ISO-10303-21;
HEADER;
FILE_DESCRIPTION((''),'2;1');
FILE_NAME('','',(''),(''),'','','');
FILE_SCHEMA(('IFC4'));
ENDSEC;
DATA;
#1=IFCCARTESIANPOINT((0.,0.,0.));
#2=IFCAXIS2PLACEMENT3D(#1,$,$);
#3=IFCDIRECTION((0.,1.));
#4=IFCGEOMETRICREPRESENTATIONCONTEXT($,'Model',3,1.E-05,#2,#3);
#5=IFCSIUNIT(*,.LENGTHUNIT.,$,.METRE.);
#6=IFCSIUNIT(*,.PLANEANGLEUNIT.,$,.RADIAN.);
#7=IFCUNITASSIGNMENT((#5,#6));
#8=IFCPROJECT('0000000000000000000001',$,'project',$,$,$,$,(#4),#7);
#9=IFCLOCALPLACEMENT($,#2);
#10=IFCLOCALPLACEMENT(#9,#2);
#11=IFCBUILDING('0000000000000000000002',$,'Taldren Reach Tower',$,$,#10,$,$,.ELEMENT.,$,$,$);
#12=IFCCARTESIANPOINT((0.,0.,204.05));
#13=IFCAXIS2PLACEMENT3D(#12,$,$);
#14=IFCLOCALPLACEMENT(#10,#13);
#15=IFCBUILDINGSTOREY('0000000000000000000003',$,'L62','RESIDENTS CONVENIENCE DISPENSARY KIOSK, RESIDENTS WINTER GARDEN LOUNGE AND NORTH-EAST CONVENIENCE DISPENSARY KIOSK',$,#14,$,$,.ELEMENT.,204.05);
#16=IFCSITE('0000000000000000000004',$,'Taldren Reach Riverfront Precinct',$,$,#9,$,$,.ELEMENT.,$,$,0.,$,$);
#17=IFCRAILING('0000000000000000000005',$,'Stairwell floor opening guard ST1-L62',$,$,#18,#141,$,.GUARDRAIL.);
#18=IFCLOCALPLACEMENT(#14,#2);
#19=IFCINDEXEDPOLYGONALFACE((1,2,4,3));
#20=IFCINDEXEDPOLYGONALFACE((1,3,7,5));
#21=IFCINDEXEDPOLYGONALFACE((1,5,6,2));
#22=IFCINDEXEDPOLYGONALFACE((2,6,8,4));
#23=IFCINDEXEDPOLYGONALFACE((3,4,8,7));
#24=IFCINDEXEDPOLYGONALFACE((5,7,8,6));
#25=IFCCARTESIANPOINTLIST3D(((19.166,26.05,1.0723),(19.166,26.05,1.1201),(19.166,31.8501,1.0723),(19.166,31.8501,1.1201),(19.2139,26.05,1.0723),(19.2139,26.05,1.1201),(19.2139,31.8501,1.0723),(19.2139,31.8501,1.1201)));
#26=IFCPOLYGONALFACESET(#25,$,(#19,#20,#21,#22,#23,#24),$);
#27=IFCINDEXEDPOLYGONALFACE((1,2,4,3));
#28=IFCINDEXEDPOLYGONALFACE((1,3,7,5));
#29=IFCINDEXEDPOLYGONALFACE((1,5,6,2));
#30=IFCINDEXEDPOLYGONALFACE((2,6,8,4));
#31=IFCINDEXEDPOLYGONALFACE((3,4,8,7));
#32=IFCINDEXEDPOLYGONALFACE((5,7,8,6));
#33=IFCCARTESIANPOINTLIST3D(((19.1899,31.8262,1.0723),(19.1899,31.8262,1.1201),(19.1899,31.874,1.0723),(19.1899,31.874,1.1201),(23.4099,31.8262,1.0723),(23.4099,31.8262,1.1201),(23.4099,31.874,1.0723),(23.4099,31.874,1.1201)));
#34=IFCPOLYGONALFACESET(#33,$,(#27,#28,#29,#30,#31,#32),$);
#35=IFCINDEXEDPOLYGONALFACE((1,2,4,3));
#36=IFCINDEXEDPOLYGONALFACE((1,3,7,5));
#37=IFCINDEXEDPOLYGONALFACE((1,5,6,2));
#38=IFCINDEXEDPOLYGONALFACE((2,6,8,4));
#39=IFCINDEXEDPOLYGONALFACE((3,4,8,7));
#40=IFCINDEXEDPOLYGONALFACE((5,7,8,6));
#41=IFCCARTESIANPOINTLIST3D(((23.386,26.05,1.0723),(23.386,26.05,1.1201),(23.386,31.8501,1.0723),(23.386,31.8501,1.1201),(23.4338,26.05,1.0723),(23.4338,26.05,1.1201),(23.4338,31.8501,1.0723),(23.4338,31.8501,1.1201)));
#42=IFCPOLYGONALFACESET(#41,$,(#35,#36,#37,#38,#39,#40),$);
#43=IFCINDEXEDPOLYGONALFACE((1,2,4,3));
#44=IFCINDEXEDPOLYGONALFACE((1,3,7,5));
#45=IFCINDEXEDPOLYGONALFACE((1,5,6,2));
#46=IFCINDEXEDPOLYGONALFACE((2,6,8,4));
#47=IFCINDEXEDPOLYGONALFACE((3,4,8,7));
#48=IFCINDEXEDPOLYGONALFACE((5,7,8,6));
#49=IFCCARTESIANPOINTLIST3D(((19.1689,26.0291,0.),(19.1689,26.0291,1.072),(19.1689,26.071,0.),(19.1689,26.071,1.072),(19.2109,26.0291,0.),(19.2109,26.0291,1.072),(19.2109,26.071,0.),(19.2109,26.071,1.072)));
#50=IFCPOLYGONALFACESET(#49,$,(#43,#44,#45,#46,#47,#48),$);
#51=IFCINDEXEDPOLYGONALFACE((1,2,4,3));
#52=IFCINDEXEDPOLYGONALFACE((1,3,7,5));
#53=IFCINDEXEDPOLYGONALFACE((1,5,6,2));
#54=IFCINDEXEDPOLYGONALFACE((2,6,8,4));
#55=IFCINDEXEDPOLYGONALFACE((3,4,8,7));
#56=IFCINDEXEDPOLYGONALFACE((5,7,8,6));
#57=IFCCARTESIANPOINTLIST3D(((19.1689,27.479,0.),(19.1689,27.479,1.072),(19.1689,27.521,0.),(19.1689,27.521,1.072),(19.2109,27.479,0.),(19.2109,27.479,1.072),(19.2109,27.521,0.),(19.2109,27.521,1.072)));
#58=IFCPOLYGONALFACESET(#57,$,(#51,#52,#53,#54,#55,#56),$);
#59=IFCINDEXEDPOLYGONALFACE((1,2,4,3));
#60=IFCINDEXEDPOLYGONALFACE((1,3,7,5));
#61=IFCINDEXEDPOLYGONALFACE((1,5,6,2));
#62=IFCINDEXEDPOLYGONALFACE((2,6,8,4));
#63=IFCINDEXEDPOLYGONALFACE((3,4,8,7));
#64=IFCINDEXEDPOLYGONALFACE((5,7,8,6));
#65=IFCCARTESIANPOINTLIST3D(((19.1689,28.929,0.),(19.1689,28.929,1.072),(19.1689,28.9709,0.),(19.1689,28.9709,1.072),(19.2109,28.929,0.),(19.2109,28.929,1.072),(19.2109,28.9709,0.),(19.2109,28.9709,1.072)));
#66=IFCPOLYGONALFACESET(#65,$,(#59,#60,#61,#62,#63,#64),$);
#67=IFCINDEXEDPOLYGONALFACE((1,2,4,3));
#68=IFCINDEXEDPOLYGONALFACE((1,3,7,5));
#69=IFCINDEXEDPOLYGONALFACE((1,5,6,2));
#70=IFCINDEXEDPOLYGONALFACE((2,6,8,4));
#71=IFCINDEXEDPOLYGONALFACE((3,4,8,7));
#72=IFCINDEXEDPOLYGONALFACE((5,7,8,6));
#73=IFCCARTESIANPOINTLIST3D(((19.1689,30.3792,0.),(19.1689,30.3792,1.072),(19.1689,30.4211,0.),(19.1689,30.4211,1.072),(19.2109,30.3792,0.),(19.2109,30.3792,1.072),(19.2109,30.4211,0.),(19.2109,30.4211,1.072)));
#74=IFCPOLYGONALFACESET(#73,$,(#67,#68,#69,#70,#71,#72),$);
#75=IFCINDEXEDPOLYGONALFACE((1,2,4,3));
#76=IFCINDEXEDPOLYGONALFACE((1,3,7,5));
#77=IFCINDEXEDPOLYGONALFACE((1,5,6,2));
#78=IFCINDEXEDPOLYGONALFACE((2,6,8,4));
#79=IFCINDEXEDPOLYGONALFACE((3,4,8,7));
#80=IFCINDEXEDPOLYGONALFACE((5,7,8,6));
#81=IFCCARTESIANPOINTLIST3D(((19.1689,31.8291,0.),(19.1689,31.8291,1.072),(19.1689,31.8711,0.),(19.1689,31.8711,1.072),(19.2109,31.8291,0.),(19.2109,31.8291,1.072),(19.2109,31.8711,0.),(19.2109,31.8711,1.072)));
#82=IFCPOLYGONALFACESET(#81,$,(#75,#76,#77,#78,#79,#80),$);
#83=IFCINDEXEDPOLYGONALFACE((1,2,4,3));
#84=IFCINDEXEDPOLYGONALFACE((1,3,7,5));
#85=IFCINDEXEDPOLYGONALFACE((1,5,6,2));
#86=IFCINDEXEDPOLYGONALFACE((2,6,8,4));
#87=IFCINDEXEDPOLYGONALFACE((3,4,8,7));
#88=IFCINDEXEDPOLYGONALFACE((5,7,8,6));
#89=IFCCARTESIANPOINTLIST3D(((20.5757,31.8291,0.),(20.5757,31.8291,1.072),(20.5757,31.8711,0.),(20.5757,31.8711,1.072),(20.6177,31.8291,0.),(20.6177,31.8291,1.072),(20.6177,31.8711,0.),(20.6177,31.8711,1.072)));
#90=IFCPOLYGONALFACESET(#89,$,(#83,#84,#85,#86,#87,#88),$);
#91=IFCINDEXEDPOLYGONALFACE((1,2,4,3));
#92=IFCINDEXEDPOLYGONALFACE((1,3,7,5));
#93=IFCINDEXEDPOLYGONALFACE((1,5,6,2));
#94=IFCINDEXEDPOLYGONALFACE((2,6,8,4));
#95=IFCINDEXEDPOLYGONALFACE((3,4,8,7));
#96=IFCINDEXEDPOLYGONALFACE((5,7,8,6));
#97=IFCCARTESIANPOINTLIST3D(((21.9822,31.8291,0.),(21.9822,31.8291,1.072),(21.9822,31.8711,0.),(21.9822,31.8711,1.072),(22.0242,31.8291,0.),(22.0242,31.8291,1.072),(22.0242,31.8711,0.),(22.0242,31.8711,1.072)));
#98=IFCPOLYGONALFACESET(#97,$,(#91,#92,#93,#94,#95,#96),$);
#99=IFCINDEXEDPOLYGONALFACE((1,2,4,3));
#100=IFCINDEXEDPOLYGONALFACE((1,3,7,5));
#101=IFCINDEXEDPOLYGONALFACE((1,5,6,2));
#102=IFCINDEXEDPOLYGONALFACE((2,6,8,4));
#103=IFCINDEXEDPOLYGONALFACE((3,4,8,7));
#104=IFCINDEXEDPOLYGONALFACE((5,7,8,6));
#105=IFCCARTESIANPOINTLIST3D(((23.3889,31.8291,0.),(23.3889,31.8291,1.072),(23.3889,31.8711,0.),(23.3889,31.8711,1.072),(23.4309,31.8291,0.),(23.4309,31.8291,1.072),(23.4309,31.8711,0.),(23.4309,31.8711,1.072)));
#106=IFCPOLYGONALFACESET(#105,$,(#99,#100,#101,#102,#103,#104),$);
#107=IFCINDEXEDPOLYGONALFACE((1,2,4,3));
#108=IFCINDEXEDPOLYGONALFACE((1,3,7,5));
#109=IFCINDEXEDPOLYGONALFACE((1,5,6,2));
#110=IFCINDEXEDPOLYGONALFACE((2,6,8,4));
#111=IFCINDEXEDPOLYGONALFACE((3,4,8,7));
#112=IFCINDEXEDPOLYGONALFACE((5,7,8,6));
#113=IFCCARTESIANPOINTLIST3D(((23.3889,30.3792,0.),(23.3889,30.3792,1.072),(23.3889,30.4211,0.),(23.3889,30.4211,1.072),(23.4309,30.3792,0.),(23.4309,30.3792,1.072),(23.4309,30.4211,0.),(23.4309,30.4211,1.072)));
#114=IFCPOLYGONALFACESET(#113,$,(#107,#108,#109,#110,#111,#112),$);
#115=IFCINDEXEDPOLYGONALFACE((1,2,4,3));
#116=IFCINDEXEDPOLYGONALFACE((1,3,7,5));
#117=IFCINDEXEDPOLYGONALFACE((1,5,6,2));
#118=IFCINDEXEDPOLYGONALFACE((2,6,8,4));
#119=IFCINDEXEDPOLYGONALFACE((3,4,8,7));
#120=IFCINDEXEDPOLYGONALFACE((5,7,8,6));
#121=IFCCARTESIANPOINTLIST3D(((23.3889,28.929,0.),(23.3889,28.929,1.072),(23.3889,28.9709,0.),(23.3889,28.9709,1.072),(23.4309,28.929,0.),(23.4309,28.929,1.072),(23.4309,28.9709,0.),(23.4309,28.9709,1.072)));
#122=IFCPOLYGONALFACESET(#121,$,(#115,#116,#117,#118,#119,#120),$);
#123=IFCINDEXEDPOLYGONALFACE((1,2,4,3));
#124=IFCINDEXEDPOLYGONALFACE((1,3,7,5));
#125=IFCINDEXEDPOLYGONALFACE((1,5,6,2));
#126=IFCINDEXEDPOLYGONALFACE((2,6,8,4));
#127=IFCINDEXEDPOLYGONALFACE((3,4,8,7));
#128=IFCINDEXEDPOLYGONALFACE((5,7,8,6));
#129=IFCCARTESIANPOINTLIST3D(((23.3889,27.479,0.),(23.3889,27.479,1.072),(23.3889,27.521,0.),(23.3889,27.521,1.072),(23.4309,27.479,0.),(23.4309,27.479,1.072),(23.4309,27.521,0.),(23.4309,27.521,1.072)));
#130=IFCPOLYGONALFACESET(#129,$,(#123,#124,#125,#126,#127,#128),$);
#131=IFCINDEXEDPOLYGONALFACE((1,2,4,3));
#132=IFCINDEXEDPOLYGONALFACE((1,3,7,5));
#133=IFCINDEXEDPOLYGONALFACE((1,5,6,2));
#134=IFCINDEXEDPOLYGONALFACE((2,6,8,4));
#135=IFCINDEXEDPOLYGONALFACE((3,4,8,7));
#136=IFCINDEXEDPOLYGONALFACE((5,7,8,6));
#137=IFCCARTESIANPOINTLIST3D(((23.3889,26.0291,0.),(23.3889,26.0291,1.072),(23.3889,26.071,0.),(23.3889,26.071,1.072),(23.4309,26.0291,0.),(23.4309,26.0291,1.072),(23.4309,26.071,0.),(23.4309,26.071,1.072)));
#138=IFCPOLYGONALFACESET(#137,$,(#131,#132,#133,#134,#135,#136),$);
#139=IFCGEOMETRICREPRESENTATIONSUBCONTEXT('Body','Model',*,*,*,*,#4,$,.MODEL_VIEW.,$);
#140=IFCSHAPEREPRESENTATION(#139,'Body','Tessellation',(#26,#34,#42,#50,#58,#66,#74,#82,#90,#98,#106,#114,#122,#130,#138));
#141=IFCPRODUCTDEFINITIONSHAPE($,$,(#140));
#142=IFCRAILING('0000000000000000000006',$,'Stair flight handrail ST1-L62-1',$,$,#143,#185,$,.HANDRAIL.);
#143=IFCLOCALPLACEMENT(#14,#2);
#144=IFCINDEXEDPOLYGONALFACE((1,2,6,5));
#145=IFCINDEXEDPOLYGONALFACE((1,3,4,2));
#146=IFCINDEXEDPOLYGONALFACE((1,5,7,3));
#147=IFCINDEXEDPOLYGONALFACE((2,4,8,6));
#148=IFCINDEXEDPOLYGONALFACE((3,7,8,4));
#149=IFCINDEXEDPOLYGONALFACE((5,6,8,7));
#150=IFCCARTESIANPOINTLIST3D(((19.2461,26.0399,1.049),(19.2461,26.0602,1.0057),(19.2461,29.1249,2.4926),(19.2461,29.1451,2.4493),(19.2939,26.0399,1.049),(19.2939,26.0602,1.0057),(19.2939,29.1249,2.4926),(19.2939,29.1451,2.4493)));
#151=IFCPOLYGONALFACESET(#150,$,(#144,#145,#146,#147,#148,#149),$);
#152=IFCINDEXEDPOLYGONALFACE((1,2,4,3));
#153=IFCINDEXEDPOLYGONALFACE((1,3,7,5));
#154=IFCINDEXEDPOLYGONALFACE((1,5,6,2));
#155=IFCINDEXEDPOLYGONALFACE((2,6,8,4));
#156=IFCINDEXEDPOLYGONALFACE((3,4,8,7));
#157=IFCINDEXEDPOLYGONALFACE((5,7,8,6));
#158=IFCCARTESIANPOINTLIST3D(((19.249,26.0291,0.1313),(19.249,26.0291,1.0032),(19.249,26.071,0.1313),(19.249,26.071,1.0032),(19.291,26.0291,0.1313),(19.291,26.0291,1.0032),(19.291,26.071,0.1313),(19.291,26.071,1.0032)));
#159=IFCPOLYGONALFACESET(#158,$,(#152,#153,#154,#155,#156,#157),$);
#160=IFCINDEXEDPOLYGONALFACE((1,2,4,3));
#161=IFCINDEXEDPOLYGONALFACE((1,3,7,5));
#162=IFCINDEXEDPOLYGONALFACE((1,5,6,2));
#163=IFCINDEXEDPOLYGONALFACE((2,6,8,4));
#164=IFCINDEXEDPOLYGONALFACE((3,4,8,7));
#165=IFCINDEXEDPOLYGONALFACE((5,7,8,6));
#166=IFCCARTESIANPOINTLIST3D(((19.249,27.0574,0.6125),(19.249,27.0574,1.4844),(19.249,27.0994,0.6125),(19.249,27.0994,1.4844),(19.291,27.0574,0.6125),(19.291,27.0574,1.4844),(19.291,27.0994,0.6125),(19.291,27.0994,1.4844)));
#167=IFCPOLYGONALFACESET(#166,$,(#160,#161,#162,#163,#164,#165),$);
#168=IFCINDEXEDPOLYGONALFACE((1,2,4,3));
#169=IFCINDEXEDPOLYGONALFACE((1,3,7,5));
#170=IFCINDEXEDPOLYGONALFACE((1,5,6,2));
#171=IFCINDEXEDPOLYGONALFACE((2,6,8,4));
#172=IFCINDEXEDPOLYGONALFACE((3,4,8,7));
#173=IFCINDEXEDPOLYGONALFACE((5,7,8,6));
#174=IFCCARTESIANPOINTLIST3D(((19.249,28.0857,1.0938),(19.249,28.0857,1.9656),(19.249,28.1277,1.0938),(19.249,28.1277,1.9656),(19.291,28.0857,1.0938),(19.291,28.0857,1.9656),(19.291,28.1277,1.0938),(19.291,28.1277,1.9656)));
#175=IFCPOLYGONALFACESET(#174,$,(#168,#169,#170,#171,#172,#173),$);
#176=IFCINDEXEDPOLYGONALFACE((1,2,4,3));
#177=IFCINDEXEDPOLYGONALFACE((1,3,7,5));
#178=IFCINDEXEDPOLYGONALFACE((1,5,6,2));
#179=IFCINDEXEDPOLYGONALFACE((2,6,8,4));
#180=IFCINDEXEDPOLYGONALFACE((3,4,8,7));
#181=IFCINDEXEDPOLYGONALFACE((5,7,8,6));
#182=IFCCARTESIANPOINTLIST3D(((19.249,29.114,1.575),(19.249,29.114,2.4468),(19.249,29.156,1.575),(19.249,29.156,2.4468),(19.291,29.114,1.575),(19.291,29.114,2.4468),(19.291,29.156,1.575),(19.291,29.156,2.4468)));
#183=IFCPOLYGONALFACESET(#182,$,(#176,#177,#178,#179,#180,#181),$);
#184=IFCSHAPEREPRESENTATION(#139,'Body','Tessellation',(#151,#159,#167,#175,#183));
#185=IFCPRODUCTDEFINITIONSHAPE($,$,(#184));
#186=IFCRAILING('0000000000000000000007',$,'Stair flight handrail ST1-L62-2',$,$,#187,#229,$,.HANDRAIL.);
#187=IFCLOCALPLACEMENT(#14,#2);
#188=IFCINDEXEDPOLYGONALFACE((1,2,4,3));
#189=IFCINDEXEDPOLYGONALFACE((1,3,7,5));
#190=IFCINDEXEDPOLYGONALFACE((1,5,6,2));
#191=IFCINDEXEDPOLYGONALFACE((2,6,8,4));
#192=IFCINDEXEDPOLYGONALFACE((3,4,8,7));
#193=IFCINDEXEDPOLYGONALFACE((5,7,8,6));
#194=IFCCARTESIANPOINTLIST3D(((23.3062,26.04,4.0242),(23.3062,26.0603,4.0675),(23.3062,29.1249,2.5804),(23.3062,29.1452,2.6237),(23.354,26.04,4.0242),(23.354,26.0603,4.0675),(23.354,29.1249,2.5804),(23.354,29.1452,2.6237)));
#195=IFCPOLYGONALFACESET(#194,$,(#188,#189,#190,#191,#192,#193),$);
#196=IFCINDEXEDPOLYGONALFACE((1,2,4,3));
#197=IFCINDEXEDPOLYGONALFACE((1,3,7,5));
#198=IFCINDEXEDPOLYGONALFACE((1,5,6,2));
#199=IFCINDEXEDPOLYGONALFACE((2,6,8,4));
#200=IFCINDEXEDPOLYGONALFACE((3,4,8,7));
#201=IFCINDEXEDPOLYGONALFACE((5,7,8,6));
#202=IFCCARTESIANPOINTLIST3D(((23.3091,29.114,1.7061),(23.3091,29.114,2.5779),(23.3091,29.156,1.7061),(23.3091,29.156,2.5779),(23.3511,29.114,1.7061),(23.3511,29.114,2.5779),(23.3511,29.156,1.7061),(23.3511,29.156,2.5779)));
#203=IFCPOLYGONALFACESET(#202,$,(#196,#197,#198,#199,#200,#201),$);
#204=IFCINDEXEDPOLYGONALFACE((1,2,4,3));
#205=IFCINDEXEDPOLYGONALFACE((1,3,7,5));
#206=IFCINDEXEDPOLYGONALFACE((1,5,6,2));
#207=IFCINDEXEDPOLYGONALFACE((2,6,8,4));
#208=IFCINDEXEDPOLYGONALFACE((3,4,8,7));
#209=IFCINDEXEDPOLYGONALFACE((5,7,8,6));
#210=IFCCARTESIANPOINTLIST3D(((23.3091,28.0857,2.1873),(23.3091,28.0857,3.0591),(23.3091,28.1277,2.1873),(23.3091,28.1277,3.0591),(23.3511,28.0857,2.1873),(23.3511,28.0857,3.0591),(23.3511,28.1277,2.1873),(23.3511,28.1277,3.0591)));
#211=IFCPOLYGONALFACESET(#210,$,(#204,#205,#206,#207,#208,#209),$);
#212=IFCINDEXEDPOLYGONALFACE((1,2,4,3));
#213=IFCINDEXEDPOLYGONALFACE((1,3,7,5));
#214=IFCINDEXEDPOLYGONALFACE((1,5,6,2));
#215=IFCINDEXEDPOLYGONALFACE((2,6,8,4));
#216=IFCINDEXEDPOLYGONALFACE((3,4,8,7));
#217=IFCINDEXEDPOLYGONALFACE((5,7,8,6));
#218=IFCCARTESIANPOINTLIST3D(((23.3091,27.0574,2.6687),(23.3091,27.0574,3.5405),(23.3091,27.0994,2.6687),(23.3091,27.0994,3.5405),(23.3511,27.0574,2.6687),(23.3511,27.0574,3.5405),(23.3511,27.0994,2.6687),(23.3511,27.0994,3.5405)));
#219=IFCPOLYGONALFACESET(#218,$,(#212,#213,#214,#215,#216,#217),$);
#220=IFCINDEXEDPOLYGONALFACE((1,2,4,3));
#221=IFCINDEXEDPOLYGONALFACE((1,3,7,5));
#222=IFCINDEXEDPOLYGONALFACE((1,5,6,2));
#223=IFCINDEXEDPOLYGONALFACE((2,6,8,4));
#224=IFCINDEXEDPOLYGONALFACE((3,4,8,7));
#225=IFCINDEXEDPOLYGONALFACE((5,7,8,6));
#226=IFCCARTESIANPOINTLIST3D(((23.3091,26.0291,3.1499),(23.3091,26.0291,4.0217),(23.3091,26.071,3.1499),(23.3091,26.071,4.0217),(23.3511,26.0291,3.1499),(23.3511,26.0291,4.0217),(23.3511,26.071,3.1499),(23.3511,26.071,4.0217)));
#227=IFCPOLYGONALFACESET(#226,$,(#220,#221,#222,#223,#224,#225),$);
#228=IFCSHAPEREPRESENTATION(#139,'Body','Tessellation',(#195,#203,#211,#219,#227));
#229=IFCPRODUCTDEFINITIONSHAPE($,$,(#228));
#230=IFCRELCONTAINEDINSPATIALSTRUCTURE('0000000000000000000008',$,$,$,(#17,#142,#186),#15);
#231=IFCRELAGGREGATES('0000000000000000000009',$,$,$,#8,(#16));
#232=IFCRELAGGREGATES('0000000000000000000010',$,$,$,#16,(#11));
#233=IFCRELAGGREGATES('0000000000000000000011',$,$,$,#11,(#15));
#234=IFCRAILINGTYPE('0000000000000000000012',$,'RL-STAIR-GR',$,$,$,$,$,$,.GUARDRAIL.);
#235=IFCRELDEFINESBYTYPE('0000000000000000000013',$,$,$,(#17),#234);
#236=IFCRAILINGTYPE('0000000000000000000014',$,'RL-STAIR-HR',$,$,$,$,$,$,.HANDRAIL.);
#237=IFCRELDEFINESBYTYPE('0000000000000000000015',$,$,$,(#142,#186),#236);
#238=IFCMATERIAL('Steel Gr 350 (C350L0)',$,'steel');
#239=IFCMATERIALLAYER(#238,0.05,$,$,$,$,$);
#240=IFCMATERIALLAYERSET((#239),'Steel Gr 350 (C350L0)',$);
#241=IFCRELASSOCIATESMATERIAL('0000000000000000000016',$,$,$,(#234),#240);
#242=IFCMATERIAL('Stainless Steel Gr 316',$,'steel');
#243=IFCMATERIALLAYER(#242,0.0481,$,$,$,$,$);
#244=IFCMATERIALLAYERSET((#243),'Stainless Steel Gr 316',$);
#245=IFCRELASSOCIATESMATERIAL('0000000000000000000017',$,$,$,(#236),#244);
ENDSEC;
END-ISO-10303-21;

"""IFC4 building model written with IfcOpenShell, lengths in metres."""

from ifc_helpers import new_model, si_unit, direction, frame, origin, origin_2d, place, context, subcontext, project, spatial, rectangle, extrude, material, layer, layer_set, type_object, element, save


model = new_model("IFC4")

# Units and contexts
model_context = context("Model", 3, precision=1e-05, world=origin(), true_north=direction((0.0, 1.0)))
body_context = subcontext(model_context, "Body", "Model", "MODEL_VIEW")
ifc_project = project(units=[si_unit("LENGTHUNIT", "METRE"), si_unit("PLANEANGLEUNIT", "RADIAN")], contexts=[model_context])

# Site, building, storey
site_placement = place(None, origin())
site = spatial("IfcSite", under=ifc_project, at=site_placement, Name="Taldren Reach Riverfront Precinct", CompositionType="ELEMENT", RefElevation=0.0)
building_placement = place(site_placement, origin())
building = spatial("IfcBuilding", under=site, at=building_placement, Name="Taldren Reach Tower", CompositionType="ELEMENT")
storey_placement = place(building_placement, frame((0.0, 0.0, 204.05)))
storey = spatial("IfcBuildingStorey", under=building, at=storey_placement, Name="L62", Description="RESIDENTS CONVENIENCE DISPENSARY KIOSK, RESIDENTS WINTER GARDEN LOUNGE AND NORTH-EAST CONVENIENCE DISPENSARY KIOSK", CompositionType="ELEMENT", Elevation=204.05)

# Shared definitions
ifc_material_1 = material(Name="Steel Gr 350 (C350L0)", Category="steel")

# Railings
ifc_layer_1 = layer(ifc_material_1, 0.05)
ifc_layer_set_1 = layer_set([ifc_layer_1], Name="Steel Gr 350 (C350L0)")
railing_type_1 = type_object("IfcRailingType", Name="RL-STAIR-GR", PredefinedType="GUARDRAIL", material=ifc_layer_set_1)
railing_1_placement = place(storey_placement, frame((19.1899, 26.05, 0.0)))
element("IfcRailing", 1, at=railing_1_placement, inside=storey, type_object=railing_type_1, Name="Stairwell floor opening guard ST1-L62", PredefinedType="GUARDRAIL", context=body_context, shape_type="SweptSolid", body=[
    extrude(rectangle(XDim=0.0479, YDim=0.0479, at=origin_2d()), frame((0.0, 0.0, 1.0962), z_axis=(0.0, 1.0, 0.0), x_axis=(-1.0, 0.0, 0.0)), (0.0, 0.0, 1.0), 5.8),
    extrude(rectangle(XDim=0.0479, YDim=0.0479, at=origin_2d()), frame((0.0, 5.8, 1.0962), z_axis=(1.0, 0.0, 0.0), x_axis=(0.0, 1.0, 0.0)), (0.0, 0.0, 1.0), 4.22),
    extrude(rectangle(XDim=0.0479, YDim=0.0479, at=origin_2d()), frame((4.22, 5.8, 1.0962), z_axis=(0.0, -1.0, 0.0), x_axis=(1.0, 0.0, 0.0)), (0.0, 0.0, 1.0), 5.8),
    extrude(rectangle(XDim=0.042, YDim=0.042, at=origin_2d()), origin(), (0.0, 0.0, 1.0), 1.072),
    extrude(rectangle(XDim=0.042, YDim=0.042, at=origin_2d()), frame((0.0, 1.45, 0.0)), (0.0, 0.0, 1.0), 1.072),
    extrude(rectangle(XDim=0.042, YDim=0.042, at=origin_2d()), frame((0.0, 2.8999, 0.0)), (0.0, 0.0, 1.0), 1.072),
    extrude(rectangle(XDim=0.042, YDim=0.042, at=origin_2d()), frame((0.0, 4.3501, 0.0)), (0.0, 0.0, 1.0), 1.072),
    extrude(rectangle(XDim=0.042, YDim=0.042, at=origin_2d()), frame((0.0, 5.8, 0.0)), (0.0, 0.0, 1.0), 1.072),
    extrude(rectangle(XDim=0.042, YDim=0.042, at=origin_2d()), frame((1.4067, 5.8, 0.0)), (0.0, 0.0, 1.0), 1.072),
    extrude(rectangle(XDim=0.042, YDim=0.042, at=origin_2d()), frame((2.8132, 5.8, 0.0)), (0.0, 0.0, 1.0), 1.072),
    extrude(rectangle(XDim=0.042, YDim=0.042, at=origin_2d()), frame((4.22, 5.8, 0.0)), (0.0, 0.0, 1.0), 1.072),
    extrude(rectangle(XDim=0.042, YDim=0.042, at=origin_2d()), frame((4.22, 4.3501, 0.0)), (0.0, 0.0, 1.0), 1.072),
    extrude(rectangle(XDim=0.042, YDim=0.042, at=origin_2d()), frame((4.22, 2.8999, 0.0)), (0.0, 0.0, 1.0), 1.072),
    extrude(rectangle(XDim=0.042, YDim=0.042, at=origin_2d()), frame((4.22, 1.45, 0.0)), (0.0, 0.0, 1.0), 1.072),
    extrude(rectangle(XDim=0.042, YDim=0.042, at=origin_2d()), frame((4.22, 0.0, 0.0)), (0.0, 0.0, 1.0), 1.072),
])
ifc_material_2 = material(Name="Stainless Steel Gr 316", Category="steel")
ifc_layer_2 = layer(ifc_material_2, 0.0481)
ifc_layer_set_2 = layer_set([ifc_layer_2], Name="Stainless Steel Gr 316")
railing_type_2 = type_object("IfcRailingType", Name="RL-STAIR-HR", PredefinedType="HANDRAIL", material=ifc_layer_set_2)
railing_2_placement = place(storey_placement, frame((19.27, 26.05, 0.1313)))
element("IfcRailing", 2, at=railing_2_placement, inside=storey, type_object=railing_type_2, Name="Stair flight handrail ST1-L62-1", PredefinedType="HANDRAIL", context=body_context, shape_type="SweptSolid", body=[
    extrude(rectangle(XDim=0.0479, YDim=0.0479, at=origin_2d()), frame((0.0, 0.0, 0.896), z_axis=(0.0, 0.905738, 0.423839), x_axis=(-1.0, 0.0, 0.0)), (0.0, 0.0, 1.0), 3.406),
    extrude(rectangle(XDim=0.042, YDim=0.042, at=origin_2d()), origin(), (0.0, 0.0, 1.0), 0.8718),
    extrude(rectangle(XDim=0.042, YDim=0.042, at=origin_2d()), frame((0.0, 1.0283, 0.4812)), (0.0, 0.0, 1.0), 0.8718),
    extrude(rectangle(XDim=0.042, YDim=0.042, at=origin_2d()), frame((0.0, 2.0566, 0.9624)), (0.0, 0.0, 1.0), 0.8718),
    extrude(rectangle(XDim=0.042, YDim=0.042, at=origin_2d()), frame((0.0, 3.085, 1.4436)), (0.0, 0.0, 1.0), 0.8718),
])
railing_3_placement = place(storey_placement, frame((23.3301, 29.135, 1.7061)))
element("IfcRailing", 3, at=railing_3_placement, inside=storey, type_object=railing_type_2, Name="Stair flight handrail ST1-L62-2", PredefinedType="HANDRAIL", context=body_context, shape_type="SweptSolid", body=[
    extrude(rectangle(XDim=0.0479, YDim=0.0479, at=origin_2d()), frame((0.0, 0.0, 0.896), z_axis=(0.0, -0.90571, 0.423898), x_axis=(1.0, 0.0, 0.0)), (0.0, 0.0, 1.0), 3.406),
    extrude(rectangle(XDim=0.042, YDim=0.042, at=origin_2d()), origin(), (0.0, 0.0, 1.0), 0.8718),
    extrude(rectangle(XDim=0.042, YDim=0.042, at=origin_2d()), frame((0.0, -1.0283, 0.4812)), (0.0, 0.0, 1.0), 0.8718),
    extrude(rectangle(XDim=0.042, YDim=0.042, at=origin_2d()), frame((0.0, -2.0566, 0.9626)), (0.0, 0.0, 1.0), 0.8718),
    extrude(rectangle(XDim=0.042, YDim=0.042, at=origin_2d()), frame((0.0, -3.085, 1.4438)), (0.0, 0.0, 1.0), 0.8718),
])

save(model, "model.ifc")
